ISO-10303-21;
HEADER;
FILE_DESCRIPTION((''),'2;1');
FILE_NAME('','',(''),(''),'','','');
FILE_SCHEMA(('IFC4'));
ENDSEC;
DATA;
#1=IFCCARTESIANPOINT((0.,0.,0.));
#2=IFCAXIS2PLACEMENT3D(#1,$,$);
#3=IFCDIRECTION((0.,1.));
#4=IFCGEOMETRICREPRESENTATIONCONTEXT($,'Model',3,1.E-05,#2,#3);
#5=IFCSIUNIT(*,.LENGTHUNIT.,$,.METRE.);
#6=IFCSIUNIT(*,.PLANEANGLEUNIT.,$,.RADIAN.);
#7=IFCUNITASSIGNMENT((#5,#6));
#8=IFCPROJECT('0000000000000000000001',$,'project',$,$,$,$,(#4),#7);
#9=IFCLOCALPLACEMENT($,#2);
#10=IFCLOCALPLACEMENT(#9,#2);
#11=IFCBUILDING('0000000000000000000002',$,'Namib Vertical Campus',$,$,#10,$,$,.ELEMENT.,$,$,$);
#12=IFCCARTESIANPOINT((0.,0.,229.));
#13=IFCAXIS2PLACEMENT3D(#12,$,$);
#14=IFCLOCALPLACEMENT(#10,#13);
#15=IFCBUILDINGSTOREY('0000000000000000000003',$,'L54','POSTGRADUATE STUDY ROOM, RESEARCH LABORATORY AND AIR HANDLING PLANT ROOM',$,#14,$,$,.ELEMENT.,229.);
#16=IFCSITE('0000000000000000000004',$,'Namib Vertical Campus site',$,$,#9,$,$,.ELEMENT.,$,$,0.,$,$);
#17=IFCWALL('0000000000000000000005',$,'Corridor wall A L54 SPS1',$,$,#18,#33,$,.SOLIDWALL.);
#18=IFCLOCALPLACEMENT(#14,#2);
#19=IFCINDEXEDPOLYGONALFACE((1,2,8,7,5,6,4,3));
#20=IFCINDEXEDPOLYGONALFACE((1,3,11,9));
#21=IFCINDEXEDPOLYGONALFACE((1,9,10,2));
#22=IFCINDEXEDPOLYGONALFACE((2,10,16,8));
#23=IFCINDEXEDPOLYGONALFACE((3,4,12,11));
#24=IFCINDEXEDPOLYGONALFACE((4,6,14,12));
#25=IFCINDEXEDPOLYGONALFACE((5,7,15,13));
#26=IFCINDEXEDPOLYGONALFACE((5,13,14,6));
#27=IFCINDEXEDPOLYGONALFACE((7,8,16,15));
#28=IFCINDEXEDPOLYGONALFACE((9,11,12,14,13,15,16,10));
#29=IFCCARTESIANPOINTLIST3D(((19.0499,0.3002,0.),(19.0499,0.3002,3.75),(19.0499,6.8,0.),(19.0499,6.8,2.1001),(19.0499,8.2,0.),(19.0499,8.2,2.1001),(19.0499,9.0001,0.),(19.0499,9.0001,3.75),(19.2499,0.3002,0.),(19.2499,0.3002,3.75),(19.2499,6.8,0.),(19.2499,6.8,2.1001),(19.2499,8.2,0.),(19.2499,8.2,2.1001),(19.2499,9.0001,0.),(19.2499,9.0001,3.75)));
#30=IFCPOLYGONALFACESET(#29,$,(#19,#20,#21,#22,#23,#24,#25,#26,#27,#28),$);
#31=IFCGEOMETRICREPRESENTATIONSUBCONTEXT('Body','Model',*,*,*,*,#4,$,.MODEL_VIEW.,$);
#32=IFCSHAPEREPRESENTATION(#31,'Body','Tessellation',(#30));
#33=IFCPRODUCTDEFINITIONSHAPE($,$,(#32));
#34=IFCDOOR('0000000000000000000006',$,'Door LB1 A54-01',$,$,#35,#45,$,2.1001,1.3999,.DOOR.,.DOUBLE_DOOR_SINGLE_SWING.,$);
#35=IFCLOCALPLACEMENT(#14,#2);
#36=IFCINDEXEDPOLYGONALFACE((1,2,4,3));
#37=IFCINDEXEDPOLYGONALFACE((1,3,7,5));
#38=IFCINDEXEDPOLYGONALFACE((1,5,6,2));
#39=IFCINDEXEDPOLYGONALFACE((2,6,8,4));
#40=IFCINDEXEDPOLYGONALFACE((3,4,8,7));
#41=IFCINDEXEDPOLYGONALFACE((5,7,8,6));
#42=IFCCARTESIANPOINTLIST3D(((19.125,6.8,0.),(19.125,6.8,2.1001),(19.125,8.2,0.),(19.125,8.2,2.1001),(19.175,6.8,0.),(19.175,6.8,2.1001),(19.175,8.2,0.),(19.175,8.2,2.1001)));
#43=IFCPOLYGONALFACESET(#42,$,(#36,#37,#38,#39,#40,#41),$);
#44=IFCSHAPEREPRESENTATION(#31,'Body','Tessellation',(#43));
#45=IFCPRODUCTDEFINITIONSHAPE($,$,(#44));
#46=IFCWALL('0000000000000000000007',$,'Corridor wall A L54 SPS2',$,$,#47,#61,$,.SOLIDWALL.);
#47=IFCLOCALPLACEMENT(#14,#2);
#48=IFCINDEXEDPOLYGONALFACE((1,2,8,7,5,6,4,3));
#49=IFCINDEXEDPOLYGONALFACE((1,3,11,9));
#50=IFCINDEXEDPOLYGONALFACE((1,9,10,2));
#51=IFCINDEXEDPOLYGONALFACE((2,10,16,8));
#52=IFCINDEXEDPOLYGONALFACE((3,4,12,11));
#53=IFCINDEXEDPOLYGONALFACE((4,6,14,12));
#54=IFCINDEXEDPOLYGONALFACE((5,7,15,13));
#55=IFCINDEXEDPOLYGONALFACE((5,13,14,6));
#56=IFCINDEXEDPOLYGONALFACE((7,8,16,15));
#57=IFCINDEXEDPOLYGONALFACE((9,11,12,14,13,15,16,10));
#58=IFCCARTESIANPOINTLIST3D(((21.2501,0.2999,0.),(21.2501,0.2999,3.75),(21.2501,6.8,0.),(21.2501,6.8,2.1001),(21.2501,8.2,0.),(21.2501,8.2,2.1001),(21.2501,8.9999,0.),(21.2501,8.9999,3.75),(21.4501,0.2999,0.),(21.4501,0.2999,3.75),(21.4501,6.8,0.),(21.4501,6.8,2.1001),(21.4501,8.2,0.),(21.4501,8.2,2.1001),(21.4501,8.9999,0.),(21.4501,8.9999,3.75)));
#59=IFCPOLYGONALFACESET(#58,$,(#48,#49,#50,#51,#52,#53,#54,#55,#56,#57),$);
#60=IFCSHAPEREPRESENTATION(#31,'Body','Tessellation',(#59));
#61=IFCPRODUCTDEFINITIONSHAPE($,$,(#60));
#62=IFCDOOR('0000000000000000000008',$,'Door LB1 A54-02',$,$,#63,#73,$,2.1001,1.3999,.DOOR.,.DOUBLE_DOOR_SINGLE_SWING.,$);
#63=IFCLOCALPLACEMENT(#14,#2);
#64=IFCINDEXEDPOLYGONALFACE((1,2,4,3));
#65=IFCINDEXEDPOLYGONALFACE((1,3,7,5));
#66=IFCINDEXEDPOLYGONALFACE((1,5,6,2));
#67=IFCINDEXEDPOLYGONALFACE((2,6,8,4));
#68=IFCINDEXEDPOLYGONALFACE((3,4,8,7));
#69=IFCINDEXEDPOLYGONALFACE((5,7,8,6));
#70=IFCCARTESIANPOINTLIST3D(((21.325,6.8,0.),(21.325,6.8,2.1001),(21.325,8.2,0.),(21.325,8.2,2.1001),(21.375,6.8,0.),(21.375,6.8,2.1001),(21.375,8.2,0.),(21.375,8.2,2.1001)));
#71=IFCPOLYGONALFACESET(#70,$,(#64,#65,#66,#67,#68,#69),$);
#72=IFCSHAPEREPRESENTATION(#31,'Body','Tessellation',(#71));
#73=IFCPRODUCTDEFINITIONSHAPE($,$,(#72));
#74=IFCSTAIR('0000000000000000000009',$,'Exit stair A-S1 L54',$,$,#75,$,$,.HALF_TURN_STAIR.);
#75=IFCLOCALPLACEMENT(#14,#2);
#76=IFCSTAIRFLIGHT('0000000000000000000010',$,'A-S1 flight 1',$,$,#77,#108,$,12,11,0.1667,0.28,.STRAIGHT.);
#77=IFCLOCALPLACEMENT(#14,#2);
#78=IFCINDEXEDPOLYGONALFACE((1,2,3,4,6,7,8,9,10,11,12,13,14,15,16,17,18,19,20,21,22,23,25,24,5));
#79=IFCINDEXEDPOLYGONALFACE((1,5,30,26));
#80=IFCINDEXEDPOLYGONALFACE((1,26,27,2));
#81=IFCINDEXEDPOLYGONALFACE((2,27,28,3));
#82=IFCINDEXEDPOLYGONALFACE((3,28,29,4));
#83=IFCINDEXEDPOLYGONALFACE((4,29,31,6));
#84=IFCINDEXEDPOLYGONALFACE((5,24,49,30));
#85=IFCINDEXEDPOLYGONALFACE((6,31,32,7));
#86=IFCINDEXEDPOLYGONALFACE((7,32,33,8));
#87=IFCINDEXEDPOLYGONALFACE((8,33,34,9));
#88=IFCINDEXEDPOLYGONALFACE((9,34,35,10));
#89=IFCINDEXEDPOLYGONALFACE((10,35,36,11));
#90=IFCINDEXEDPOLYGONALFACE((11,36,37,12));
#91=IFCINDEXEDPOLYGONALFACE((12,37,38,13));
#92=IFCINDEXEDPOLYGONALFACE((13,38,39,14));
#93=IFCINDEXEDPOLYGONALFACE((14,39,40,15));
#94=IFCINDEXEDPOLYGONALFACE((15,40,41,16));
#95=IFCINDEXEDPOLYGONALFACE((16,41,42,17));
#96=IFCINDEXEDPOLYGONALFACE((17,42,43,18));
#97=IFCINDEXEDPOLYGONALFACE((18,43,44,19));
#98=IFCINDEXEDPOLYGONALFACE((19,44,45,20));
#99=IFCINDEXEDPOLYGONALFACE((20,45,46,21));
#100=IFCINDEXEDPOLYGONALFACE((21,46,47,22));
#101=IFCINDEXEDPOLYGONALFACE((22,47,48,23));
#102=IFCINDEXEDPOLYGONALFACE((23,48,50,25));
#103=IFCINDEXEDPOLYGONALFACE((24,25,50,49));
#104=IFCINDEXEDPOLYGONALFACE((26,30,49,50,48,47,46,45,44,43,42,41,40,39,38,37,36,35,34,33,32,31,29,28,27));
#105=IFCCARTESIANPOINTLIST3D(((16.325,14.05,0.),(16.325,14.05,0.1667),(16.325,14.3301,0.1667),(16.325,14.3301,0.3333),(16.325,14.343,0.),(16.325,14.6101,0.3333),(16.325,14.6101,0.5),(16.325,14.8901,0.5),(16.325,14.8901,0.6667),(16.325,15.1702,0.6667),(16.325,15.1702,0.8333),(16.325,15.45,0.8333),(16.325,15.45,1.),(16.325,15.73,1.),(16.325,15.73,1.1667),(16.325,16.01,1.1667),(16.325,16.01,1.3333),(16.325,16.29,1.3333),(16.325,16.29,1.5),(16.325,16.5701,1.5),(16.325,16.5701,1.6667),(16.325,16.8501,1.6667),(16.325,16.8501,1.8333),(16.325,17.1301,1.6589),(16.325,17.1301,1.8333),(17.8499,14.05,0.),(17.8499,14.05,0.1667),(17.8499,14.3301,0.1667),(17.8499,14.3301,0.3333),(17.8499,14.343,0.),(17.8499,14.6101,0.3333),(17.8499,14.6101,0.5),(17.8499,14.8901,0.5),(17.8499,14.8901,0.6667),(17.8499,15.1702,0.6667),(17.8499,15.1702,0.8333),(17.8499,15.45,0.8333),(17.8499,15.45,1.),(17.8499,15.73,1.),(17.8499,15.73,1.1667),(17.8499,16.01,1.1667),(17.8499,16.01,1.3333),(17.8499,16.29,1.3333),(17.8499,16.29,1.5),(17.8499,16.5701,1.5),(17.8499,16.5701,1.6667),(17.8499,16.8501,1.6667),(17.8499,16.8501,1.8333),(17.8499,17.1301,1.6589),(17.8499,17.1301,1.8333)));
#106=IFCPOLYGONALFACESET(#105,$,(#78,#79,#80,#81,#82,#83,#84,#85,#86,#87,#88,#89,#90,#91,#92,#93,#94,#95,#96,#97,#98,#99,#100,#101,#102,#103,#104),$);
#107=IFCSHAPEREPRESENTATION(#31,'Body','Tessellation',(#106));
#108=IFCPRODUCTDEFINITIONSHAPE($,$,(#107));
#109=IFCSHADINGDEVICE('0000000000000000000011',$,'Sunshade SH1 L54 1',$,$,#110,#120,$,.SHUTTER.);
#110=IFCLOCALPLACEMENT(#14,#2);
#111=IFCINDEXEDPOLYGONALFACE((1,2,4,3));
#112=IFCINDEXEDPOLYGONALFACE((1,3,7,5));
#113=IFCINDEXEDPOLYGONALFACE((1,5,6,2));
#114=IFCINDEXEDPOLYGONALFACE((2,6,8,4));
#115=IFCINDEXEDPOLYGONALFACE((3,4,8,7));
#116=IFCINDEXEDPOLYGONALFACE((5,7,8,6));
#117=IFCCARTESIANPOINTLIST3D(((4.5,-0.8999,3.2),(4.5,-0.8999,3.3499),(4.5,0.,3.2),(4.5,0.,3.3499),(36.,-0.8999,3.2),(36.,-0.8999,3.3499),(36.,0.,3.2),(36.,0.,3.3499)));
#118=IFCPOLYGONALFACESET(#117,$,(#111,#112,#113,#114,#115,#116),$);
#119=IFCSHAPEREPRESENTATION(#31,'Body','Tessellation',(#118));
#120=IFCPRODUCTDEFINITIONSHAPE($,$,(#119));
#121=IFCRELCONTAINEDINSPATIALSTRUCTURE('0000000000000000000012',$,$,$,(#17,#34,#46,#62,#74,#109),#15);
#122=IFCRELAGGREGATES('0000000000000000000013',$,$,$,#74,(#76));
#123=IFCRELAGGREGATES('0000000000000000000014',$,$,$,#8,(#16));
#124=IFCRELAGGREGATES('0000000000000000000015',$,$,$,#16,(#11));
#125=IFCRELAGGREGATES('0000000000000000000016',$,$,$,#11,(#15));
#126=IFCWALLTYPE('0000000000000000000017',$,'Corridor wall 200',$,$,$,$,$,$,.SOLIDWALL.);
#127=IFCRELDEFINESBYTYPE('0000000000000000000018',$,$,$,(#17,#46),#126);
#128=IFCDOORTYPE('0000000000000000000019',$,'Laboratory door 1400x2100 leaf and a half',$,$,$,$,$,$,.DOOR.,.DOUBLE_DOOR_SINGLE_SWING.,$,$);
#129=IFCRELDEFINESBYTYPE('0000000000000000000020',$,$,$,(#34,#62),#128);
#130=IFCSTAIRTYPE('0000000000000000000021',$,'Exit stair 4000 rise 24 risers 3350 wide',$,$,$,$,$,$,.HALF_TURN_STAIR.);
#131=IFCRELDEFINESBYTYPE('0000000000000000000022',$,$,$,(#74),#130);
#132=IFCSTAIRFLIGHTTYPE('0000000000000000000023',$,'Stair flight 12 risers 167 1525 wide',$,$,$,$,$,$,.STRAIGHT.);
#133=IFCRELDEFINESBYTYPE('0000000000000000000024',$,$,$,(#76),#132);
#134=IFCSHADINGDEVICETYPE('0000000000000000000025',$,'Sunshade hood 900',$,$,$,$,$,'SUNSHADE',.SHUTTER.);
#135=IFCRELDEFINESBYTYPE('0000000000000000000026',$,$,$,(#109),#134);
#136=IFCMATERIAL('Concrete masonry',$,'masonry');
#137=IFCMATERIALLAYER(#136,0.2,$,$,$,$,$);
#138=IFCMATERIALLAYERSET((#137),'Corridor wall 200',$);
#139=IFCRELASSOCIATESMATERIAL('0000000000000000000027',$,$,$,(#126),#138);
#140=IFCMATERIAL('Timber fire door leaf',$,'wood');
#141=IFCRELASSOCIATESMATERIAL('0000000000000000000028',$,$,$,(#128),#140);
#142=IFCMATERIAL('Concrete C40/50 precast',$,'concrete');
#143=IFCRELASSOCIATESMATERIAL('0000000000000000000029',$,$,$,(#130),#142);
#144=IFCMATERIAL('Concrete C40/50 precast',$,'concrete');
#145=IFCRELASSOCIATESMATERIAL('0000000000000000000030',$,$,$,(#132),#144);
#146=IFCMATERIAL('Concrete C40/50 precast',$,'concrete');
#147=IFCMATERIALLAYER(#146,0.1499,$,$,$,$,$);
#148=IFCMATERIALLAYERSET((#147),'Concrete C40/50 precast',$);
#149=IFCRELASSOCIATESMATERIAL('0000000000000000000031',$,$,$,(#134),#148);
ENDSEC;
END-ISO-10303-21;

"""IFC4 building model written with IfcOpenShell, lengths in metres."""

from ifc_helpers import new_model, si_unit, direction, frame, frame_2d, origin, origin_2d, place, context, subcontext, project, spatial, polyline, rectangle, outline, extrude, material, layer, layer_set, type_object, element, fill, aggregate, save


model = new_model("IFC4")

# Units and contexts
model_context = context("Model", 3, precision=1e-05, world=origin(), true_north=direction((0.0, 1.0)))
body_context = subcontext(model_context, "Body", "Model", "MODEL_VIEW")
ifc_project = project(units=[si_unit("LENGTHUNIT", "METRE"), si_unit("PLANEANGLEUNIT", "RADIAN")], contexts=[model_context])

# Site, building, storey
site_placement = place(None, origin())
site = spatial("IfcSite", under=ifc_project, at=site_placement, Name="Namib Vertical Campus site", CompositionType="ELEMENT", RefElevation=0.0)
building_placement = place(site_placement, origin())
building = spatial("IfcBuilding", under=site, at=building_placement, Name="Namib Vertical Campus", CompositionType="ELEMENT")
storey_placement = place(building_placement, frame((0.0, 0.0, 229.0)))
storey = spatial("IfcBuildingStorey", under=building, at=storey_placement, Name="L54", Description="POSTGRADUATE STUDY ROOM, RESEARCH LABORATORY AND AIR HANDLING PLANT ROOM", CompositionType="ELEMENT", Elevation=229.0)

# Walls, openings, doors
ifc_material_1 = material(Name="Concrete masonry", Category="masonry")
ifc_layer_1 = layer(ifc_material_1, 0.2)
ifc_layer_set_1 = layer_set([ifc_layer_1], Name="Corridor wall 200")
wall_type_1 = type_object("IfcWallType", Name="Corridor wall 200", PredefinedType="SOLIDWALL", material=ifc_layer_set_1)
wall_1_placement = place(storey_placement, frame((19.1499, 0.3, 0.0), z_axis=(0.0, 0.0, 1.0), x_axis=(0.0, 1.0, 0.0)))
wall_1 = element("IfcWall", 1, at=wall_1_placement, inside=storey, type_object=wall_type_1, Name="Corridor wall A L54 SPS1", PredefinedType="SOLIDWALL", context=body_context, shape_type="SweptSolid", body=[
    extrude(rectangle(XDim=8.7, YDim=0.2, at=frame_2d((4.3501, 0.0))), origin(), (0.0, 0.0, 1.0), 3.75),
])
opening_1_placement = place(wall_1_placement, frame((6.5, 0.0, 0.0)))
opening_1 = element("IfcOpeningElement", 2, at=opening_1_placement, cuts=wall_1, PredefinedType="OPENING", context=body_context, shape_type="SweptSolid", body=[
    extrude(rectangle(XDim=1.3999, YDim=2.1001, at=frame_2d((0.7, 1.05))), frame((0.0, 0.1099, 0.0), z_axis=(0.0, -1.0, 0.0), x_axis=(1.0, 0.0, 0.0)), (0.0, 0.0, 1.0), 0.22),
])
ifc_material_2 = material(Name="Timber fire door leaf", Category="wood")
door_type_1 = type_object("IfcDoorType", Name="Laboratory door 1400x2100 leaf and a half", OperationType="DOUBLE_DOOR_SINGLE_SWING", PredefinedType="DOOR", material=ifc_material_2)
door_1_placement = place(opening_1_placement, origin())
door_1 = element("IfcDoor", 3, at=door_1_placement, inside=storey, type_object=door_type_1, Name="Door LB1 A54-01", OperationType="DOUBLE_DOOR_SINGLE_SWING", OverallHeight=2.1001, OverallWidth=1.3999, PredefinedType="DOOR", context=body_context, shape_type="SweptSolid", body=[
    extrude(rectangle(XDim=1.3999, YDim=2.1001, at=frame_2d((0.7, 1.05))), frame((0.0, 0.0249, 0.0), z_axis=(0.0, -1.0, 0.0), x_axis=(1.0, 0.0, 0.0)), (0.0, 0.0, 1.0), 0.05),
])
fill(opening_1, door_1)
wall_2_placement = place(storey_placement, frame((21.3501, 9.0, 0.0), z_axis=(0.0, 0.0, 1.0), x_axis=(0.0, -1.0, 0.0)))
wall_2 = element("IfcWall", 4, at=wall_2_placement, inside=storey, type_object=wall_type_1, Name="Corridor wall A L54 SPS2", PredefinedType="SOLIDWALL", context=body_context, shape_type="SweptSolid", body=[
    extrude(rectangle(XDim=8.7, YDim=0.2, at=frame_2d((4.3501, 0.0))), origin(), (0.0, 0.0, 1.0), 3.75),
])
opening_2_placement = place(wall_2_placement, frame((0.8, 0.0, 0.0)))
opening_2 = element("IfcOpeningElement", 5, at=opening_2_placement, cuts=wall_2, PredefinedType="OPENING", context=body_context, shape_type="SweptSolid", body=[
    extrude(rectangle(XDim=1.3999, YDim=2.1001, at=frame_2d((0.7, 1.05))), frame((0.0, 0.1099, 0.0), z_axis=(0.0, -1.0, 0.0), x_axis=(1.0, 0.0, 0.0)), (0.0, 0.0, 1.0), 0.22),
])
door_2_placement = place(opening_2_placement, origin())
door_2 = element("IfcDoor", 6, at=door_2_placement, inside=storey, type_object=door_type_1, Name="Door LB1 A54-02", OperationType="DOUBLE_DOOR_SINGLE_SWING", OverallHeight=2.1001, OverallWidth=1.3999, PredefinedType="DOOR", context=body_context, shape_type="SweptSolid", body=[
    extrude(rectangle(XDim=1.3999, YDim=2.1001, at=frame_2d((0.7, 1.05))), frame((0.0, 0.0249, 0.0), z_axis=(0.0, -1.0, 0.0), x_axis=(1.0, 0.0, 0.0)), (0.0, 0.0, 1.0), 0.05),
])
fill(opening_2, door_2)

# Stair, stair flight
ifc_material_3 = material(Name="Concrete C40/50 precast", Category="concrete")
stair_type = type_object("IfcStairType", Name="Exit stair 4000 rise 24 risers 3350 wide", PredefinedType="HALF_TURN_STAIR", material=ifc_material_3)
stair_placement = place(storey_placement, origin())
stair = element("IfcStair", 7, at=stair_placement, inside=storey, type_object=stair_type, Name="Exit stair A-S1 L54", PredefinedType="HALF_TURN_STAIR")
ifc_material_4 = material(Name="Concrete C40/50 precast", Category="concrete")
stair_flight_type = type_object("IfcStairFlightType", Name="Stair flight 12 risers 167 1525 wide", PredefinedType="STRAIGHT", material=ifc_material_4)
stair_flight_placement = place(storey_placement, frame((17.0874, 14.05, 0.0), z_axis=(0.0, 0.0, 1.0), x_axis=(0.0, 1.0, 0.0)))
stair_flight = element("IfcStairFlight", 8, at=stair_flight_placement, type_object=stair_flight_type, Name="A-S1 flight 1", NumberOfRisers=12, NumberOfTreads=11, PredefinedType="STRAIGHT", RiserHeight=0.1667, TreadLength=0.28, context=body_context, shape_type="SweptSolid", body=[
    extrude(outline(polyline([(0.0, 0.0), (0.0, 0.1667), (0.28, 0.1667), (0.28, 0.3333), (0.5601, 0.3333), (0.5601, 0.5), (0.8401, 0.5), (0.8401, 0.6667), (1.1201, 0.6667), (1.1201, 0.8333), (1.3999, 0.8333), (1.3999, 1.0), (1.6799, 1.0), (1.6799, 1.1667), (1.96, 1.1667), (1.96, 1.3333), (2.24, 1.3333), (2.24, 1.5), (2.52, 1.5), (2.52, 1.6667), (2.8, 1.6667), (2.8, 1.8333), (3.0801, 1.8333), (3.0801, 2.0), (3.0801, 1.6589), (0.293, 0.0), (0.0, 0.0)])), frame((0.0, 0.7625, 0.0), z_axis=(0.0, -1.0, 0.0), x_axis=(1.0, 0.0, 0.0)), (0.0, 0.0, 1.0), 1.5249),
])
aggregate(stair, [stair_flight])

# Shading device
ifc_material_5 = material(Name="Concrete C40/50 precast", Category="concrete")
ifc_layer_2 = layer(ifc_material_5, 0.1499)
ifc_layer_set_2 = layer_set([ifc_layer_2], Name="Concrete C40/50 precast")
shading_device_type = type_object("IfcShadingDeviceType", Name="Sunshade hood 900", ElementType="SUNSHADE", PredefinedType="SHUTTER", material=ifc_layer_set_2)
shading_device_placement = place(storey_placement, frame((20.25, -0.45, 3.2), z_axis=(0.0, 0.0, 1.0), x_axis=(1.0, 0.0, 0.0)))
element("IfcShadingDevice", 9, at=shading_device_placement, inside=storey, type_object=shading_device_type, Name="Sunshade SH1 L54 1", PredefinedType="SHUTTER", context=body_context, shape_type="SweptSolid", body=[
    extrude(rectangle(XDim=31.5, YDim=0.8999, at=origin_2d()), origin(), (0.0, 0.0, 1.0), 0.1499),
])

save(model, "model.ifc")
